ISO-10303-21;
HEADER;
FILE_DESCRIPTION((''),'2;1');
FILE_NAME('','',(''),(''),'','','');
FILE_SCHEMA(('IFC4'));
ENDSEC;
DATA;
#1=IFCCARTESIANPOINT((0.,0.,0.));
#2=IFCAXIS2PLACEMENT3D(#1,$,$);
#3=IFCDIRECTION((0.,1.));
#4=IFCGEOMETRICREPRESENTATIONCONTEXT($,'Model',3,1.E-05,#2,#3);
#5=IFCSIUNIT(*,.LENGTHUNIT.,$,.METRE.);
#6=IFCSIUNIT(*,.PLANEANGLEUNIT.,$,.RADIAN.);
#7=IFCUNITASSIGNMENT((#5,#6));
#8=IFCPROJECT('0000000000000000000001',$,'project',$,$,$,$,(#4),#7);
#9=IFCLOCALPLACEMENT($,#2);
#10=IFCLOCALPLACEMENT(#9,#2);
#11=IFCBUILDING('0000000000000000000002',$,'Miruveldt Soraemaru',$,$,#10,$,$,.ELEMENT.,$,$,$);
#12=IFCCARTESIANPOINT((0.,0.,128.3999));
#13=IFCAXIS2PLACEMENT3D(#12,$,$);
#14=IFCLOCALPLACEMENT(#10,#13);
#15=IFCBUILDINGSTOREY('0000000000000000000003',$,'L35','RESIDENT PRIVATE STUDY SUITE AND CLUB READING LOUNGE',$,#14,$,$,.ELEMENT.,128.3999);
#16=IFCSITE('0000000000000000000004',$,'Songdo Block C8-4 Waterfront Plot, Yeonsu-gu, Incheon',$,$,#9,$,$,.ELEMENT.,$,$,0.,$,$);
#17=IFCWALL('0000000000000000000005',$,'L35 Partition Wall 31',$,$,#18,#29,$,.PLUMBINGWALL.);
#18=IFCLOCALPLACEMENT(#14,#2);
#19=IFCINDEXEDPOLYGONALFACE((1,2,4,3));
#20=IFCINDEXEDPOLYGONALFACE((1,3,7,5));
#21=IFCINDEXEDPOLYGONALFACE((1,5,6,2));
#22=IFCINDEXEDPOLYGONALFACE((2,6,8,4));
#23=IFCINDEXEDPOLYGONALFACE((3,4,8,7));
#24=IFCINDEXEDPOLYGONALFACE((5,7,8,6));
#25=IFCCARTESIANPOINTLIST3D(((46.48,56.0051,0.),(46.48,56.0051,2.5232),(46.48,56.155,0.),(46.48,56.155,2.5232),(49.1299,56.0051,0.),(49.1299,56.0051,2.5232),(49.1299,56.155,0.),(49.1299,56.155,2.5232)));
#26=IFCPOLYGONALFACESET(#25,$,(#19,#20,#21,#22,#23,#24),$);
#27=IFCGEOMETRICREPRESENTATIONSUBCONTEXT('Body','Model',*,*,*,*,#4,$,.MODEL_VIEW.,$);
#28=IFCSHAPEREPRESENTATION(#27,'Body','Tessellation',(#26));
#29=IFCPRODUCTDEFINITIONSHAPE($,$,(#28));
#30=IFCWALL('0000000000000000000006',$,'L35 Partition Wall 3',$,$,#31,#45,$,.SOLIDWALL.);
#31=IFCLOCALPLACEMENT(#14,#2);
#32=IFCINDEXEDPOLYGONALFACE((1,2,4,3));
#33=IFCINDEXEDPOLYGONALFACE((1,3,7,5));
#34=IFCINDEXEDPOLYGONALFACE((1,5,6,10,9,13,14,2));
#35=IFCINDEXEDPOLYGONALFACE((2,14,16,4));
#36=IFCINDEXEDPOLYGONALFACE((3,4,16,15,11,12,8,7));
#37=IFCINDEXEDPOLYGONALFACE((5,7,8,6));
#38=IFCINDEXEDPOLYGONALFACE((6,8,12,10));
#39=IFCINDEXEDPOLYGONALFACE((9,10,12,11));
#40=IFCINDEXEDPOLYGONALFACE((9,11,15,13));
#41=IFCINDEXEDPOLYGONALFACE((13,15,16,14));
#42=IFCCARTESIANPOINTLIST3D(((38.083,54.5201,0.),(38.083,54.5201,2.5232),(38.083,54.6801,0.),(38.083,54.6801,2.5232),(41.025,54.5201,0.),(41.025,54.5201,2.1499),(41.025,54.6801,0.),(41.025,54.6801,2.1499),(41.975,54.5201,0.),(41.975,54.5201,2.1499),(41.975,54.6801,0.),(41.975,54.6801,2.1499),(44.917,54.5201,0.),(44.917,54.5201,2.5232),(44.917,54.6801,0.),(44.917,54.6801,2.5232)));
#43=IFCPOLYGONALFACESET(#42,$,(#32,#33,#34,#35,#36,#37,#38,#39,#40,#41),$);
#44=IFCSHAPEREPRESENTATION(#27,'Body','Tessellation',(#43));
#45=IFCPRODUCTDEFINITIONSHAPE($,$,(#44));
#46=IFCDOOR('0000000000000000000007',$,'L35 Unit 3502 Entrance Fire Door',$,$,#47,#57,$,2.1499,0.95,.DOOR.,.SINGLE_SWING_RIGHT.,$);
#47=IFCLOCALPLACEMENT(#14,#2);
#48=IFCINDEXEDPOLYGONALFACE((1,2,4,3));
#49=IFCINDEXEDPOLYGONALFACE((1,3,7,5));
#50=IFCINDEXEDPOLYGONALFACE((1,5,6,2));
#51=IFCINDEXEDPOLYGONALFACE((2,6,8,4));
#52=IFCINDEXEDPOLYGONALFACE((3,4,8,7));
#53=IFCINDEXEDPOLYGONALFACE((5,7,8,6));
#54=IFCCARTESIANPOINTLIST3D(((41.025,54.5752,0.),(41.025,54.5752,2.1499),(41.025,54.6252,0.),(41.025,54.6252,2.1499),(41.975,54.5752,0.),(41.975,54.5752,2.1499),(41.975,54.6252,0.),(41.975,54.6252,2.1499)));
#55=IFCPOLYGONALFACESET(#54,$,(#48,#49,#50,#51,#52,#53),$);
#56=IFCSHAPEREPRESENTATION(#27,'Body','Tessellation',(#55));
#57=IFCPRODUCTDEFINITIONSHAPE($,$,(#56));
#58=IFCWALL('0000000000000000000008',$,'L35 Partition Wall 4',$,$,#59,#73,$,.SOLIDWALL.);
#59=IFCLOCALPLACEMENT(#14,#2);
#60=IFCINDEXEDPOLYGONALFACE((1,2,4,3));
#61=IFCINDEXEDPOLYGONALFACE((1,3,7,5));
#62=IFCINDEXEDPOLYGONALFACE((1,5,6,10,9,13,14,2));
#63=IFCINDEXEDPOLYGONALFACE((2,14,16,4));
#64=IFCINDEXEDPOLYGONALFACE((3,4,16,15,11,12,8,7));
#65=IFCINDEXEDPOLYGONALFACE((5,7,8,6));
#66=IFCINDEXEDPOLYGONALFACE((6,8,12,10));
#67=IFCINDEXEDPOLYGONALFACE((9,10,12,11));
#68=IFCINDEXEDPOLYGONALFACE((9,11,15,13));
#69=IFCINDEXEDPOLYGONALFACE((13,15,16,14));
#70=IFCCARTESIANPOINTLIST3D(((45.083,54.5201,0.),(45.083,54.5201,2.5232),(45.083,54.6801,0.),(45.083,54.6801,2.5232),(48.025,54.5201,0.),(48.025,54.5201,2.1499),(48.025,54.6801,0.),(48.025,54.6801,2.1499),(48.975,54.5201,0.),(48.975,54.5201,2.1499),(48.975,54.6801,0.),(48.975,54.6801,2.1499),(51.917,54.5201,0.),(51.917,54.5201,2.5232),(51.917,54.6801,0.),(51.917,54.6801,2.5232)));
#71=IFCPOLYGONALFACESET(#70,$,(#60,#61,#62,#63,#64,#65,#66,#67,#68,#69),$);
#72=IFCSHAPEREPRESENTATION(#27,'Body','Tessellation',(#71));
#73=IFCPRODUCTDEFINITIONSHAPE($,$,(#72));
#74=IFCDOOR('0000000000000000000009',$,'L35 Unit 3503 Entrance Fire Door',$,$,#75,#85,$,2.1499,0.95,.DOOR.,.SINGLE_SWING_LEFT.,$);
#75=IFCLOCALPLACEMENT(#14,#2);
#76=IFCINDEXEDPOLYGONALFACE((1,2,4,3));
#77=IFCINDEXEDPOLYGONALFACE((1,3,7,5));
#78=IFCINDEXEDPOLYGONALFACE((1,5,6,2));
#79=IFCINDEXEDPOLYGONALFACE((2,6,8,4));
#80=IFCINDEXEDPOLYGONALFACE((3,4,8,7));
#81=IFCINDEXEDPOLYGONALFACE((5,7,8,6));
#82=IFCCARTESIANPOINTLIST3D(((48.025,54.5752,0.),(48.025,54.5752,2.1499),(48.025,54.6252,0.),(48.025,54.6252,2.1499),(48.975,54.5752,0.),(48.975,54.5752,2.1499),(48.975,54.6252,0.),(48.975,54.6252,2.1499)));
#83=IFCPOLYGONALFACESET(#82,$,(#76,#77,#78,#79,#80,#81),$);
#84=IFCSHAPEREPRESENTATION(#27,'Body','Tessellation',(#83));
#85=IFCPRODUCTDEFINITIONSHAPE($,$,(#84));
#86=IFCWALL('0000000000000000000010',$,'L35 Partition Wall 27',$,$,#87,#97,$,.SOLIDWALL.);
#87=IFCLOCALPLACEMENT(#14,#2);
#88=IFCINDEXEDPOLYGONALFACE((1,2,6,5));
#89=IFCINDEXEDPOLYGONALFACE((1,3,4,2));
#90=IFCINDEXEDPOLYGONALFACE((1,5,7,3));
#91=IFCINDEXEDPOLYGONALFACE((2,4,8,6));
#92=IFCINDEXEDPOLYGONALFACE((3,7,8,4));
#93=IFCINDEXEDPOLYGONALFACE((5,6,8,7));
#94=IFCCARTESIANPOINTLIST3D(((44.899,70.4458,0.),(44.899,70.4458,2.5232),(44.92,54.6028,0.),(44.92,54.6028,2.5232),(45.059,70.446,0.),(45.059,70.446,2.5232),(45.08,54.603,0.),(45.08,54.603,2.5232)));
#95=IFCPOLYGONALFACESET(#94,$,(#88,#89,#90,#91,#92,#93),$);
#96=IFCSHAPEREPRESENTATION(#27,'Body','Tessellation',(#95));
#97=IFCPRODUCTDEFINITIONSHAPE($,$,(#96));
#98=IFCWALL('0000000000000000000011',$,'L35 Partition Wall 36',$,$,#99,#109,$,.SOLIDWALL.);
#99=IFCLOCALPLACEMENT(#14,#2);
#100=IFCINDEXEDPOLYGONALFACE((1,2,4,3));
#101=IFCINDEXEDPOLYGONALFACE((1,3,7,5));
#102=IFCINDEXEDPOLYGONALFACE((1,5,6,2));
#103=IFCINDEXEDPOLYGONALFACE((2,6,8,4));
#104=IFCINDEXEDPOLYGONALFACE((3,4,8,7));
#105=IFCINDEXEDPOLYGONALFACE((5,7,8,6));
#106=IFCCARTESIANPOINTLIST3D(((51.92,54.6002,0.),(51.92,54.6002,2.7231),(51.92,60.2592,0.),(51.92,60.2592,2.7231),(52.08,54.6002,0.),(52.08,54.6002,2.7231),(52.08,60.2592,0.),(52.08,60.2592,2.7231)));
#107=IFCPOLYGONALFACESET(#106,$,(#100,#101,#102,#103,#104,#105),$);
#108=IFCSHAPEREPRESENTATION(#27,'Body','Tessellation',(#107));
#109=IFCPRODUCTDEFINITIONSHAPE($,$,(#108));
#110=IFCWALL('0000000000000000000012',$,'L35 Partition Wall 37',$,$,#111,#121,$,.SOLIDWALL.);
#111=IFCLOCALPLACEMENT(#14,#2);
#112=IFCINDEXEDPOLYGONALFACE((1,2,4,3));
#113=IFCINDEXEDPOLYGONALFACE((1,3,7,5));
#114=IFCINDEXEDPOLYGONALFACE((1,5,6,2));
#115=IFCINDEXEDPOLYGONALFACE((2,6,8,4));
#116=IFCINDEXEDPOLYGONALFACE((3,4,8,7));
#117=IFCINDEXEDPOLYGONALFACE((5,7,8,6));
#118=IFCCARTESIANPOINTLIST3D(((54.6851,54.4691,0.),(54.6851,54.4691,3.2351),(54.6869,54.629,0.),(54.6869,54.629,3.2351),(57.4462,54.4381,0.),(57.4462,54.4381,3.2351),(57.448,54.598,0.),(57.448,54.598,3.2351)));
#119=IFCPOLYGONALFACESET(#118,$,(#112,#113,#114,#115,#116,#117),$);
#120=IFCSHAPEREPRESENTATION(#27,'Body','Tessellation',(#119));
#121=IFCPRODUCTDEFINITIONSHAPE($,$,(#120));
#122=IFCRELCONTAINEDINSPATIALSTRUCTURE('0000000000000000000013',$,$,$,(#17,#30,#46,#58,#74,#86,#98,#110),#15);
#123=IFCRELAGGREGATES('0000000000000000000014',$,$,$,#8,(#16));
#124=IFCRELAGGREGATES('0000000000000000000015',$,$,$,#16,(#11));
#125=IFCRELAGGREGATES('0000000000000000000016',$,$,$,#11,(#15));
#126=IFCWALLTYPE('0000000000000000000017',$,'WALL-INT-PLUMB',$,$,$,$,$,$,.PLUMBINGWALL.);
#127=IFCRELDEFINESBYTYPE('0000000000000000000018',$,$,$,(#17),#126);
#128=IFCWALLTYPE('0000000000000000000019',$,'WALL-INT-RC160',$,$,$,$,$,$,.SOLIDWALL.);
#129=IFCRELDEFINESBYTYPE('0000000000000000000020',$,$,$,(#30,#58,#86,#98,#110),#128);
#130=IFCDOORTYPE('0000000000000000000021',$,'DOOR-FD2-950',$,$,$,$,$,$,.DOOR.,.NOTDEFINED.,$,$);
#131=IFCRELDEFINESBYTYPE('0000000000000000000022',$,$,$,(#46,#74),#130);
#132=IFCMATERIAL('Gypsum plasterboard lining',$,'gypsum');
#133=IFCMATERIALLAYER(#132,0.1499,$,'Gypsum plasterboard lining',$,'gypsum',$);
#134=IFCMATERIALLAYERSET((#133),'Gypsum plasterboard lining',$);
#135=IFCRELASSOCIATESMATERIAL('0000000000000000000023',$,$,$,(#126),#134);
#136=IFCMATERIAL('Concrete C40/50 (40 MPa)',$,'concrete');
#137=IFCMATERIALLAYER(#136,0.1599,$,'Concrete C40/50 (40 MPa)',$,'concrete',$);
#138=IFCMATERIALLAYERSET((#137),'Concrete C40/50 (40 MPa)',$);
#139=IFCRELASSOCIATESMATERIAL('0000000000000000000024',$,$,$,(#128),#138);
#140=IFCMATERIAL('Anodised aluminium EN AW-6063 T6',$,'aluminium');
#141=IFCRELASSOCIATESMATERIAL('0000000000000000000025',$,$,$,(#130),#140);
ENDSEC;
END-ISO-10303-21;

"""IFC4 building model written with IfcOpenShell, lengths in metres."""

from ifc_helpers import new_model, si_unit, direction, frame, frame_2d, origin, place, context, subcontext, project, spatial, rectangle, extrude, material, layer, layer_set, type_object, element, fill, save


model = new_model("IFC4")

# Units and contexts
model_context = context("Model", 3, precision=1e-05, world=origin(), true_north=direction((0.0, 1.0)))
body_context = subcontext(model_context, "Body", "Model", "MODEL_VIEW")
ifc_project = project(units=[si_unit("LENGTHUNIT", "METRE"), si_unit("PLANEANGLEUNIT", "RADIAN")], contexts=[model_context])

# Site, building, storey
site_placement = place(None, origin())
site = spatial("IfcSite", under=ifc_project, at=site_placement, Name="Songdo Block C8-4 Waterfront Plot, Yeonsu-gu, Incheon", CompositionType="ELEMENT", RefElevation=0.0)
building_placement = place(site_placement, origin())
building = spatial("IfcBuilding", under=site, at=building_placement, Name="Miruveldt Soraemaru", CompositionType="ELEMENT")
storey_placement = place(building_placement, frame((0.0, 0.0, 128.3999)))
storey = spatial("IfcBuildingStorey", under=building, at=storey_placement, Name="L35", Description="RESIDENT PRIVATE STUDY SUITE AND CLUB READING LOUNGE", CompositionType="ELEMENT", Elevation=128.3999)

# Shared definitions
ifc_material_1 = material(Name="Gypsum plasterboard lining", Category="gypsum")
ifc_layer_1 = layer(ifc_material_1, 0.1499, Name="Gypsum plasterboard lining", Category="gypsum")
ifc_layer_set_1 = layer_set([ifc_layer_1], Name="Gypsum plasterboard lining")
wall_type_1 = type_object("IfcWallType", Name="WALL-INT-PLUMB", PredefinedType="PLUMBINGWALL", material=ifc_layer_set_1)
ifc_material_2 = material(Name="Anodised aluminium EN AW-6063 T6", Category="aluminium")

# Wall
wall_1_placement = place(storey_placement, frame((46.48, 56.0801, 0.0), z_axis=(0.0, 0.0, 1.0), x_axis=(1.0, 0.0, 0.0)))
element("IfcWall", 1, at=wall_1_placement, inside=storey, type_object=wall_type_1, Name="L35 Partition Wall 31", PredefinedType="PLUMBINGWALL", context=body_context, shape_type="SweptSolid", body=[
    extrude(rectangle(XDim=2.6499, YDim=0.1499, at=frame_2d((1.325, 0.0))), origin(), (0.0, 0.0, 1.0), 2.5232),
])

# Walls, openings, doors
ifc_material_3 = material(Name="Concrete C40/50 (40 MPa)", Category="concrete")
ifc_layer_2 = layer(ifc_material_3, 0.1599, Name="Concrete C40/50 (40 MPa)", Category="concrete")
ifc_layer_set_2 = layer_set([ifc_layer_2], Name="Concrete C40/50 (40 MPa)")
wall_type_2 = type_object("IfcWallType", Name="WALL-INT-RC160", PredefinedType="SOLIDWALL", material=ifc_layer_set_2)
wall_2_placement = place(storey_placement, frame((44.917, 54.6001, 0.0), z_axis=(0.0, 0.0, 1.0), x_axis=(-1.0, 0.0, 0.0)))
wall_2 = element("IfcWall", 2, at=wall_2_placement, inside=storey, type_object=wall_type_2, Name="L35 Partition Wall 3", PredefinedType="SOLIDWALL", context=body_context, shape_type="SweptSolid", body=[
    extrude(rectangle(XDim=6.834, YDim=0.1599, at=frame_2d((3.417, 0.0))), origin(), (0.0, 0.0, 1.0), 2.5232),
])
opening_1_placement = place(wall_2_placement, frame((2.9419, 0.0, 0.0)))
opening_1 = element("IfcOpeningElement", 3, at=opening_1_placement, cuts=wall_2, PredefinedType="OPENING", context=body_context, shape_type="SweptSolid", body=[
    extrude(rectangle(XDim=0.95, YDim=2.1499, at=frame_2d((0.4751, 1.075))), frame((0.0, 0.0898, 0.0), z_axis=(0.0, -1.0, 0.0), x_axis=(1.0, 0.0, 0.0)), (0.0, 0.0, 1.0), 0.1799),
])
door_type_1 = type_object("IfcDoorType", Name="DOOR-FD2-950", OperationType="NOTDEFINED", PredefinedType="DOOR", material=ifc_material_2)
door_1_placement = place(opening_1_placement, origin())
door_1 = element("IfcDoor", 4, at=door_1_placement, inside=storey, type_object=door_type_1, Name="L35 Unit 3502 Entrance Fire Door", OperationType="SINGLE_SWING_RIGHT", OverallHeight=2.1499, OverallWidth=0.95, PredefinedType="DOOR", context=body_context, shape_type="SweptSolid", body=[
    extrude(rectangle(XDim=0.95, YDim=2.1499, at=frame_2d((0.4751, 1.075))), frame((0.0, 0.0249, 0.0), z_axis=(0.0, -1.0, 0.0), x_axis=(1.0, 0.0, 0.0)), (0.0, 0.0, 1.0), 0.05),
])
fill(opening_1, door_1)
wall_3_placement = place(storey_placement, frame((51.917, 54.6001, 0.0), z_axis=(0.0, 0.0, 1.0), x_axis=(-1.0, 0.0, 0.0)))
wall_3 = element("IfcWall", 5, at=wall_3_placement, inside=storey, type_object=wall_type_2, Name="L35 Partition Wall 4", PredefinedType="SOLIDWALL", context=body_context, shape_type="SweptSolid", body=[
    extrude(rectangle(XDim=6.834, YDim=0.1599, at=frame_2d((3.417, 0.0))), origin(), (0.0, 0.0, 1.0), 2.5232),
])
opening_2_placement = place(wall_3_placement, frame((2.9419, 0.0, 0.0)))
opening_2 = element("IfcOpeningElement", 6, at=opening_2_placement, cuts=wall_3, PredefinedType="OPENING", context=body_context, shape_type="SweptSolid", body=[
    extrude(rectangle(XDim=0.95, YDim=2.1499, at=frame_2d((0.4751, 1.075))), frame((0.0, 0.0898, 0.0), z_axis=(0.0, -1.0, 0.0), x_axis=(1.0, 0.0, 0.0)), (0.0, 0.0, 1.0), 0.1799),
])
door_2_placement = place(opening_2_placement, origin())
door_2 = element("IfcDoor", 7, at=door_2_placement, inside=storey, type_object=door_type_1, Name="L35 Unit 3503 Entrance Fire Door", OperationType="SINGLE_SWING_LEFT", OverallHeight=2.1499, OverallWidth=0.95, PredefinedType="DOOR", context=body_context, shape_type="SweptSolid", body=[
    extrude(rectangle(XDim=0.95, YDim=2.1499, at=frame_2d((0.4751, 1.075))), frame((0.0, 0.0249, 0.0), z_axis=(0.0, -1.0, 0.0), x_axis=(1.0, 0.0, 0.0)), (0.0, 0.0, 1.0), 0.05),
])
fill(opening_2, door_2)

# Walls
wall_4_placement = place(storey_placement, frame((45.0, 54.603, 0.0), z_axis=(0.0, 0.0, 1.0), x_axis=(-0.001325, 0.999999, 0.0)))
element("IfcWall", 8, at=wall_4_placement, inside=storey, type_object=wall_type_2, Name="L35 Partition Wall 27", PredefinedType="SOLIDWALL", context=body_context, shape_type="SweptSolid", body=[
    extrude(rectangle(XDim=15.843, YDim=0.1599, at=frame_2d((7.9214, 0.0))), origin(), (0.0, 0.0, 1.0), 2.5232),
])
wall_5_placement = place(storey_placement, frame((52.0, 54.6001, 0.0), z_axis=(0.0, 0.0, 1.0), x_axis=(0.0, 1.0, 0.0)))
element("IfcWall", 9, at=wall_5_placement, inside=storey, type_object=wall_type_2, Name="L35 Partition Wall 36", PredefinedType="SOLIDWALL", context=body_context, shape_type="SweptSolid", body=[
    extrude(rectangle(XDim=5.6589, YDim=0.1599, at=frame_2d((2.8296, 0.0))), origin(), (0.0, 0.0, 1.0), 2.7231),
])
wall_6_placement = place(storey_placement, frame((54.686, 54.5491, 0.0), z_axis=(0.0, 0.0, 1.0), x_axis=(0.999937, -0.011229, 0.0)))
element("IfcWall", 10, at=wall_6_placement, inside=storey, type_object=wall_type_2, Name="L35 Partition Wall 37", PredefinedType="SOLIDWALL", context=body_context, shape_type="SweptSolid", body=[
    extrude(rectangle(XDim=2.7612, YDim=0.1599, at=frame_2d((1.3806, 0.0))), origin(), (0.0, 0.0, 1.0), 3.2351),
])

save(model, "model.ifc")
